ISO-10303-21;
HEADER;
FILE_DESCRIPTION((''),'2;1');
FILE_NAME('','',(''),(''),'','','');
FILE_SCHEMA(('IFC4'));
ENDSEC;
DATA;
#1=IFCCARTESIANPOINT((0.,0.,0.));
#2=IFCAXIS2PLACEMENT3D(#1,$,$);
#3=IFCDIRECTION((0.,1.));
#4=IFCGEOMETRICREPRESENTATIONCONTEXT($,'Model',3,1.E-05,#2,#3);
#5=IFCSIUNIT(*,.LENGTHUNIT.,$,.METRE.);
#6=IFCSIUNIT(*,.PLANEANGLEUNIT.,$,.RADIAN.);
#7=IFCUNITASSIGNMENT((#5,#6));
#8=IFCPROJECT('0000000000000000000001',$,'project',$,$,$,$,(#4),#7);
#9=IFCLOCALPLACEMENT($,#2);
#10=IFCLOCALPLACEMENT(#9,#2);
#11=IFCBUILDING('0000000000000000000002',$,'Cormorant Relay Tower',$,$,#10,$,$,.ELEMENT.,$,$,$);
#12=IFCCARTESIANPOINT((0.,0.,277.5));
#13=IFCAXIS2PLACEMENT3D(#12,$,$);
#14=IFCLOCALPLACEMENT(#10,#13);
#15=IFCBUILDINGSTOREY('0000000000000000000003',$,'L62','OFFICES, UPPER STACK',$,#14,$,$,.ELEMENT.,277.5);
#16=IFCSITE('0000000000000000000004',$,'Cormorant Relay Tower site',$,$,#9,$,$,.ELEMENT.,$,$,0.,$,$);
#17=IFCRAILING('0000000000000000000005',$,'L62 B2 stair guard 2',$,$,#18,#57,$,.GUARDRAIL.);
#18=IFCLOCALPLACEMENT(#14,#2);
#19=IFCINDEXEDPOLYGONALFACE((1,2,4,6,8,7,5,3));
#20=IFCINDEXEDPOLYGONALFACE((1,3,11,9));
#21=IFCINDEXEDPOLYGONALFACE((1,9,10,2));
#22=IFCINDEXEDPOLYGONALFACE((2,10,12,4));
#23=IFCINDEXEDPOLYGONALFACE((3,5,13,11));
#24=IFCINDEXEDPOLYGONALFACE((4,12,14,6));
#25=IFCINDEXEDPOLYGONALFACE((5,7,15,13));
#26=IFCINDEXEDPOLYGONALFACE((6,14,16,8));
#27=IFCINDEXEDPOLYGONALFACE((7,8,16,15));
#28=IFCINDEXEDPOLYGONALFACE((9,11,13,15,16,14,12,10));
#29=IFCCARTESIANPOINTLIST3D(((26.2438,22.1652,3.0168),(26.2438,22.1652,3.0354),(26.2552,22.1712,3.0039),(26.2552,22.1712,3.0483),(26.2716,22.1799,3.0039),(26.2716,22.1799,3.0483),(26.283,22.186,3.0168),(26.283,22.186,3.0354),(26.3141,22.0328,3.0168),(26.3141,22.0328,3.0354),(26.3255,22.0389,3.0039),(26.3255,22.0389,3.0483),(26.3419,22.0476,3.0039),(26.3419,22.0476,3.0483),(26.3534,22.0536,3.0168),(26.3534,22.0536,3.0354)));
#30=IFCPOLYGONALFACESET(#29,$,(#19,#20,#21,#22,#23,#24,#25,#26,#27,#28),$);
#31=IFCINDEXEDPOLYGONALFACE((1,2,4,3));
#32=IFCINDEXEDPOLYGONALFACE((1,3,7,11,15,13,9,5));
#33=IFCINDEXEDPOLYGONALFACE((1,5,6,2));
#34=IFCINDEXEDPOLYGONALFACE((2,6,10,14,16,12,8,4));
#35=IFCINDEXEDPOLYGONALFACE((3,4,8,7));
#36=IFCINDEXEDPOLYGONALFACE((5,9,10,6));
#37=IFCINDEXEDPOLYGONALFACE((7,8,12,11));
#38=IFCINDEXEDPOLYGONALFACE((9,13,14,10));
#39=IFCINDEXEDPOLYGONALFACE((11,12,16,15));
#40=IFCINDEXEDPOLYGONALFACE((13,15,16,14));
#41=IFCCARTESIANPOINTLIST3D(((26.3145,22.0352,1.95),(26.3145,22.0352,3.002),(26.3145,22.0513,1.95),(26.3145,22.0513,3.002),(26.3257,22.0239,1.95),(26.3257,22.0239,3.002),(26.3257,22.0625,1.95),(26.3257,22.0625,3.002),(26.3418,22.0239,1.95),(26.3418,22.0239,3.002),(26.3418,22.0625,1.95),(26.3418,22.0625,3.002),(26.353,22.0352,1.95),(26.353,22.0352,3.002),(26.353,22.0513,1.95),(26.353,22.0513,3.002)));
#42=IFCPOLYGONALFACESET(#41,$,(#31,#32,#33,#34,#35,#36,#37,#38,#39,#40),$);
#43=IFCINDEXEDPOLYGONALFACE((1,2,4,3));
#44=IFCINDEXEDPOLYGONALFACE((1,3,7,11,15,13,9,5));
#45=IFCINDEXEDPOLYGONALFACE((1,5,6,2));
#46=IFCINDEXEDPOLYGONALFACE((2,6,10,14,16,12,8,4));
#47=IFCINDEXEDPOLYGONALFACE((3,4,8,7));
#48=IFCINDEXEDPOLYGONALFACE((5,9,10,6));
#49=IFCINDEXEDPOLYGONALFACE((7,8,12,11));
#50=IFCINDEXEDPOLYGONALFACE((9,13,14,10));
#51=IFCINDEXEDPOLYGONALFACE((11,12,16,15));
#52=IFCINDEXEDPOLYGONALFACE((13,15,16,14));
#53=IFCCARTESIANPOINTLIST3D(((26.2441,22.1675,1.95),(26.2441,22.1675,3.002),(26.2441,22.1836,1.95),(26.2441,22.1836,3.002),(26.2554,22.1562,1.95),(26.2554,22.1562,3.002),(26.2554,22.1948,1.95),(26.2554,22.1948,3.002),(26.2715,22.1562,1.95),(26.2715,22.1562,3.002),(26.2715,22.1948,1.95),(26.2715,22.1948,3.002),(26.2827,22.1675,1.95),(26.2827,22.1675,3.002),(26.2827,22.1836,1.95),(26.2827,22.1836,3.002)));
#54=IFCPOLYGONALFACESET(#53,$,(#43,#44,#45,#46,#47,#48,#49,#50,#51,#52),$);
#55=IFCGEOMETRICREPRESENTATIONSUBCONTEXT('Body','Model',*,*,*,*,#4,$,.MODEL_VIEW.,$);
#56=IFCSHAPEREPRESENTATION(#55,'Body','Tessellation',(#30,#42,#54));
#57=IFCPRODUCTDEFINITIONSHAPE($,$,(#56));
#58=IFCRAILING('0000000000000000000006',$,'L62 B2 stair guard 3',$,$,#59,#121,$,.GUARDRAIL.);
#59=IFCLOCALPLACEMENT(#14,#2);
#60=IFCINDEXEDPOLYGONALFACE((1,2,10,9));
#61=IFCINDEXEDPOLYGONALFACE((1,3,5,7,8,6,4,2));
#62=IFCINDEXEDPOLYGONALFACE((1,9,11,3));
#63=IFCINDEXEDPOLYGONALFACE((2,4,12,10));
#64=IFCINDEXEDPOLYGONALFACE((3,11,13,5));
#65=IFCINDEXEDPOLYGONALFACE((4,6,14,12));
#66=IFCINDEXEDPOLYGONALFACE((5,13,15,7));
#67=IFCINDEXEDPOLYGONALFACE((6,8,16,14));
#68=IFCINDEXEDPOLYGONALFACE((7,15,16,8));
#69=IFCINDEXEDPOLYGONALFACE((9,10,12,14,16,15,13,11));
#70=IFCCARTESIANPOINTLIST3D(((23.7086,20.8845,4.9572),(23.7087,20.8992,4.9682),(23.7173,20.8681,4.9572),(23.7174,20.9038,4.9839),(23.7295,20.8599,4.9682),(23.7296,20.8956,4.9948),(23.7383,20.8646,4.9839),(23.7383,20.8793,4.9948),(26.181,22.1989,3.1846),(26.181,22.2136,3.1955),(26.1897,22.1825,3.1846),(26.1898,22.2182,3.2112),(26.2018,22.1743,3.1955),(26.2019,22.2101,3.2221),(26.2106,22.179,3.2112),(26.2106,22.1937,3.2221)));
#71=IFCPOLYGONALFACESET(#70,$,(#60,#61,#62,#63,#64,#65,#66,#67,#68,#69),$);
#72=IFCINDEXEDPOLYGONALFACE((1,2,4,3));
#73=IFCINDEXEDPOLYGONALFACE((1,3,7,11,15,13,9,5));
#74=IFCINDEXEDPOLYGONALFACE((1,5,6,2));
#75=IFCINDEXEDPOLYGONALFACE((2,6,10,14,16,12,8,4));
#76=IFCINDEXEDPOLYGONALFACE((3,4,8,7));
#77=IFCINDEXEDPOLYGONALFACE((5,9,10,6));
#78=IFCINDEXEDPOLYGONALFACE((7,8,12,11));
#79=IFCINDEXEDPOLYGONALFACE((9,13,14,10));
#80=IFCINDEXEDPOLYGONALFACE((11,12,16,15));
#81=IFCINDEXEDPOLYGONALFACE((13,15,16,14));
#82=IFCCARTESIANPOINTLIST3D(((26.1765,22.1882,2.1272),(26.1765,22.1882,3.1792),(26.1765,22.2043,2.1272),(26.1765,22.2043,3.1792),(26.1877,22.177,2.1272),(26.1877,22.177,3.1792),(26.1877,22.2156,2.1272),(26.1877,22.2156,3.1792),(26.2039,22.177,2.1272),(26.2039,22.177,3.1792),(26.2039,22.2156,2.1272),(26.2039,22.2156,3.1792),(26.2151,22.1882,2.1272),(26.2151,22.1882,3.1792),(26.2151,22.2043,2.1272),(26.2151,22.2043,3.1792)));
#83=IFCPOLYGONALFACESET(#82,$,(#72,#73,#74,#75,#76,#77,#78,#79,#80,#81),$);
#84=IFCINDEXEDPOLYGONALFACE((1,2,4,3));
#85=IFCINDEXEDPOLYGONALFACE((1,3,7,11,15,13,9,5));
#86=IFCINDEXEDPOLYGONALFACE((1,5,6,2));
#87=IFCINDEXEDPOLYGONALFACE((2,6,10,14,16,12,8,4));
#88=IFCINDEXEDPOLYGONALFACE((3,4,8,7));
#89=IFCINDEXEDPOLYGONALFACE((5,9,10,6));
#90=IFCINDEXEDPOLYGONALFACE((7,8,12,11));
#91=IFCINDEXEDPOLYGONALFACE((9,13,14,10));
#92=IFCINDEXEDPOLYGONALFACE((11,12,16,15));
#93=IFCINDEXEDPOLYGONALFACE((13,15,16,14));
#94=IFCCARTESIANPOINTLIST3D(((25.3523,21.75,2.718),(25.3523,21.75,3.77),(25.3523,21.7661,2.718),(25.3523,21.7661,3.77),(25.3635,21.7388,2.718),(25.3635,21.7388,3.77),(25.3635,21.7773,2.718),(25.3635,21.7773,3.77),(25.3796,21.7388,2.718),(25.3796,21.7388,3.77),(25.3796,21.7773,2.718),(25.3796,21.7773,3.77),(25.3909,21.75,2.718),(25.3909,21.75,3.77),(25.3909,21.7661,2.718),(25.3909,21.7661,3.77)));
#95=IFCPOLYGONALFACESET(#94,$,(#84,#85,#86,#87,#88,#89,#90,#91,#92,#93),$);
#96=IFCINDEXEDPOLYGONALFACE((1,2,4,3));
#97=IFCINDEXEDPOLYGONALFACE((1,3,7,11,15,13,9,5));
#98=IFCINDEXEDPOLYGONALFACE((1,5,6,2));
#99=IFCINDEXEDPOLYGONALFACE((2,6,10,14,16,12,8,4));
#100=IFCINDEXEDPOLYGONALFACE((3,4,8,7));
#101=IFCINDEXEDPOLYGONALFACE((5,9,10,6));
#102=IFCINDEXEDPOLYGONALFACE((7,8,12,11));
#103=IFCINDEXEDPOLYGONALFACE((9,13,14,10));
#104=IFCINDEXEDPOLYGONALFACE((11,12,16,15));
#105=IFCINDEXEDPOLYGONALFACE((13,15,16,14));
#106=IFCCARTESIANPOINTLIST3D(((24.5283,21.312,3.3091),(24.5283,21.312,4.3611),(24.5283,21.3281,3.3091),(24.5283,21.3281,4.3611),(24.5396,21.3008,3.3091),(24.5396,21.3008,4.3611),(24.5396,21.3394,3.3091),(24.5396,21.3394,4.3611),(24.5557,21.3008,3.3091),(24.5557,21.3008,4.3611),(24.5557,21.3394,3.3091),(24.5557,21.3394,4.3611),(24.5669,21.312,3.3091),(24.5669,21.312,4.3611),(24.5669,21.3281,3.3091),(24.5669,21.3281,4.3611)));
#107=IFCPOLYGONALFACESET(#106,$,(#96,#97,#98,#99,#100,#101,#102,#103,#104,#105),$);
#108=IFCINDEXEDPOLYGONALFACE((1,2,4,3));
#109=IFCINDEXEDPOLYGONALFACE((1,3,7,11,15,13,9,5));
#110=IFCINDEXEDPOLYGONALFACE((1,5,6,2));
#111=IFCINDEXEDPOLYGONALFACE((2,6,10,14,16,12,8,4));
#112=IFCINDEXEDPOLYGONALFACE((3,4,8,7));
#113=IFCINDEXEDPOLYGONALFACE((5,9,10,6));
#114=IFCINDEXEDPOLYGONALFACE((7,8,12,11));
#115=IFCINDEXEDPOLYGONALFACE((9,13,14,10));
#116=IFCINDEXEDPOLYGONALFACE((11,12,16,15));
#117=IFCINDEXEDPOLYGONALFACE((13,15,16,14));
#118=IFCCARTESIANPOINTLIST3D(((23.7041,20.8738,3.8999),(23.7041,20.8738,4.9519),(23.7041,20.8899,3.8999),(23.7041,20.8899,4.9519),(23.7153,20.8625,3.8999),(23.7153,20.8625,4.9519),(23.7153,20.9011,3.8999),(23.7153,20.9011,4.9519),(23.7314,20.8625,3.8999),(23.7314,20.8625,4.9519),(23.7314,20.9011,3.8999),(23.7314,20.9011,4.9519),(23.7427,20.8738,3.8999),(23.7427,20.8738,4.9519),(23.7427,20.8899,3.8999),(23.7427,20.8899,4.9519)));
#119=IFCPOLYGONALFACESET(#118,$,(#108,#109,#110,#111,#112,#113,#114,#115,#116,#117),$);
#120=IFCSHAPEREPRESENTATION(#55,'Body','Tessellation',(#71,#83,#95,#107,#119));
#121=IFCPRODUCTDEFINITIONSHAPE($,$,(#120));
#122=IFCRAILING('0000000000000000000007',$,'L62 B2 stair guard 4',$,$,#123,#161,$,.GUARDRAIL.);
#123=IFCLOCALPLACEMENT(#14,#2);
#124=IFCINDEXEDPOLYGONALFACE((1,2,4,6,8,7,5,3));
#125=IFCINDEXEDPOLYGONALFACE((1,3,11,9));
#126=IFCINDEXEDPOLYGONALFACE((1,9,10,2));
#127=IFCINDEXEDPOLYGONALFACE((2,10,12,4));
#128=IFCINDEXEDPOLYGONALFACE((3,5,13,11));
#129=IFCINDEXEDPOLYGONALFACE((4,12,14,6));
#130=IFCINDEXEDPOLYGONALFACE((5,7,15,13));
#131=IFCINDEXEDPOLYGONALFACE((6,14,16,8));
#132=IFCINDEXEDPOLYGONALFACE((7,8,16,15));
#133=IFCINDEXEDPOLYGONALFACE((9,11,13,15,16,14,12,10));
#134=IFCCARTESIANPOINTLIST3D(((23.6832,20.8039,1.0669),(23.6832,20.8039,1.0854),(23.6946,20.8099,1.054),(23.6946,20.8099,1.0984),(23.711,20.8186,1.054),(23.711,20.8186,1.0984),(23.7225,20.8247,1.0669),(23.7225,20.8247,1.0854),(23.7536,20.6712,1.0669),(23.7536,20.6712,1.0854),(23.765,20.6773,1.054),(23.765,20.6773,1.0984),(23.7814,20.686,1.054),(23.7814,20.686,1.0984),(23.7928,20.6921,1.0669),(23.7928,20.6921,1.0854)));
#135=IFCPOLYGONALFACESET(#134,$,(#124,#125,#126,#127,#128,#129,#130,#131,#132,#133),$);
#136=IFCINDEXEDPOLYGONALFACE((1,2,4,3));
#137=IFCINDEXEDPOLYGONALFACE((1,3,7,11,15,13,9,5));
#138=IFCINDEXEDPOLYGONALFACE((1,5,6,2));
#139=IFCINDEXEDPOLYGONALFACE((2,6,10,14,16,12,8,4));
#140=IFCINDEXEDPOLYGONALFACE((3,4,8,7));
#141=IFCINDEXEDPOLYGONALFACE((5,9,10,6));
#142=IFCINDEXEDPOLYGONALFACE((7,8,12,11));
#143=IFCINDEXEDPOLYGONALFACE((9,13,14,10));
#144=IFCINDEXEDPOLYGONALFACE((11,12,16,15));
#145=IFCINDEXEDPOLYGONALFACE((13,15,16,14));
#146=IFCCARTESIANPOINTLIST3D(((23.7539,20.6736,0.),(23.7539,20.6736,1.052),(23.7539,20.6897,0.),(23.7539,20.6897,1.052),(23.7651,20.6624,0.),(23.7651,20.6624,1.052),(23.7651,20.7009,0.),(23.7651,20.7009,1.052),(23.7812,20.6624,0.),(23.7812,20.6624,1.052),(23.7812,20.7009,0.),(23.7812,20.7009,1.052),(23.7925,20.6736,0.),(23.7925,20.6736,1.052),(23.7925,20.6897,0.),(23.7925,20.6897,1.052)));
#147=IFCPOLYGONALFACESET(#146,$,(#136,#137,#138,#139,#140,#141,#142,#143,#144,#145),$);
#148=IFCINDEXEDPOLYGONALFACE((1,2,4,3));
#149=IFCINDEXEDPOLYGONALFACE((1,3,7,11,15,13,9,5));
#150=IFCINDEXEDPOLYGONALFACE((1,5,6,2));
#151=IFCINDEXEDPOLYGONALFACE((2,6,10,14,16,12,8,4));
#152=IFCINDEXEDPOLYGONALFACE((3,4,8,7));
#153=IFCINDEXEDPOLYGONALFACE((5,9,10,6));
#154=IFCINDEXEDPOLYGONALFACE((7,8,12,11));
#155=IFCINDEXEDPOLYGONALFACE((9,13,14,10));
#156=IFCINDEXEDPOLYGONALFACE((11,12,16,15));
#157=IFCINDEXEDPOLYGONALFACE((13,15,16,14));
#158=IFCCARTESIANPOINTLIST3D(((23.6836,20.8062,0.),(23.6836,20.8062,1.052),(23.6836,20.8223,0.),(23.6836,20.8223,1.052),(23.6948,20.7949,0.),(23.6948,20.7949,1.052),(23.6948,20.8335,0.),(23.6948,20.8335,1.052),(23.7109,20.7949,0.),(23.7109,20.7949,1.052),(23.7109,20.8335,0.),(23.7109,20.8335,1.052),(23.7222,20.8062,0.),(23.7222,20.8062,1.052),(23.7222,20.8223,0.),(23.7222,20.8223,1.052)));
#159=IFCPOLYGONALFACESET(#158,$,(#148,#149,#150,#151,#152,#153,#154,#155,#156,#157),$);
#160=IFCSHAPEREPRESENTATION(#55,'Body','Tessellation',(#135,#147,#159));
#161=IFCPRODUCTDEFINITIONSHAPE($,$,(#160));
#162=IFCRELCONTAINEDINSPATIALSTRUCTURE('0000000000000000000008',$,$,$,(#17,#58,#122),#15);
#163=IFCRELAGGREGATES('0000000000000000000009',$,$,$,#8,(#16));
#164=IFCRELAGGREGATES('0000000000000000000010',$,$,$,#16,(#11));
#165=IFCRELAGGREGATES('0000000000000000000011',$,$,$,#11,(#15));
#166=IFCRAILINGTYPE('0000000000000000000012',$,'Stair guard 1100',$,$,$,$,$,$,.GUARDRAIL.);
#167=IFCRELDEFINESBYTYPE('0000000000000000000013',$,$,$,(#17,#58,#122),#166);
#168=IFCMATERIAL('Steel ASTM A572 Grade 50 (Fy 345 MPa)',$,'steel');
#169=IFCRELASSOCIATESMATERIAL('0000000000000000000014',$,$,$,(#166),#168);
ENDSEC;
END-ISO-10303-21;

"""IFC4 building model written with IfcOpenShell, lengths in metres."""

from ifc_helpers import new_model, si_unit, direction, frame, origin, place, context, subcontext, project, spatial, polyline, outline, extrude, material, type_object, element, save


model = new_model("IFC4")

# Units and contexts
model_context = context("Model", 3, precision=1e-05, world=origin(), true_north=direction((0.0, 1.0)))
body_context = subcontext(model_context, "Body", "Model", "MODEL_VIEW")
ifc_project = project(units=[si_unit("LENGTHUNIT", "METRE"), si_unit("PLANEANGLEUNIT", "RADIAN")], contexts=[model_context])

# Site, building, storey
site_placement = place(None, origin())
site = spatial("IfcSite", under=ifc_project, at=site_placement, Name="Cormorant Relay Tower site", CompositionType="ELEMENT", RefElevation=0.0)
building_placement = place(site_placement, origin())
building = spatial("IfcBuilding", under=site, at=building_placement, Name="Cormorant Relay Tower", CompositionType="ELEMENT")
storey_placement = place(building_placement, frame((0.0, 0.0, 277.5)))
storey = spatial("IfcBuildingStorey", under=building, at=storey_placement, Name="L62", Description="OFFICES, UPPER STACK", CompositionType="ELEMENT", Elevation=277.5)

# Railings
ifc_material_1 = material(Name="Steel ASTM A572 Grade 50 (Fy 345 MPa)", Category="steel")
railing_type_1 = type_object("IfcRailingType", Name="Stair guard 1100", PredefinedType="GUARDRAIL", material=ifc_material_1)
railing_1_placement = place(storey_placement, frame((26.3337, 22.0432, 1.95)))
element("IfcRailing", 1, at=railing_1_placement, inside=storey, type_object=railing_type_1, Name="L62 B2 stair guard 2", PredefinedType="GUARDRAIL", context=body_context, shape_type="SweptSolid", body=[
    extrude(outline(polyline([(0.0222, 0.0093), (0.0093, 0.0222), (-0.0093, 0.0222), (-0.0222, 0.0093), (-0.0222, -0.0093), (-0.0093, -0.0222), (0.0093, -0.0222), (0.0222, -0.0093), (0.0222, 0.0093)])), frame((0.0, 0.0, 1.0762), z_axis=(-0.469235, 0.883074, 0.0), x_axis=(-0.883074, -0.469235, 0.0)), (0.0, 0.0, 1.0), 0.1499),
    extrude(outline(polyline([(0.0193, 0.0081), (0.0081, 0.0193), (-0.0081, 0.0193), (-0.0193, 0.0081), (-0.0193, -0.0081), (-0.0081, -0.0193), (0.0081, -0.0193), (0.0193, -0.0081), (0.0193, 0.0081)])), origin(), (0.0, 0.0, 1.0), 1.052),
    extrude(outline(polyline([(0.0193, 0.0081), (0.0081, 0.0193), (-0.0081, 0.0193), (-0.0193, 0.0081), (-0.0193, -0.0081), (-0.0081, -0.0193), (0.0081, -0.0193), (0.0193, -0.0081), (0.0193, 0.0081)])), frame((-0.0703, 0.1323, 0.0)), (0.0, 0.0, 1.0), 1.052),
])
railing_2_placement = place(storey_placement, frame((26.1958, 22.1963, 2.1272)))
element("IfcRailing", 2, at=railing_2_placement, inside=storey, type_object=railing_type_1, Name="L62 B2 stair guard 3", PredefinedType="GUARDRAIL", context=body_context, shape_type="SweptSolid", body=[
    extrude(outline(polyline([(0.0222, 0.0093), (0.0093, 0.0222), (-0.0093, 0.0222), (-0.0222, 0.0093), (-0.0222, -0.0093), (-0.0093, -0.0222), (0.0093, -0.0222), (0.0222, -0.0093), (0.0222, 0.0093)])), frame((0.0, 0.0, 1.0762), z_axis=(-0.746034, -0.396627, 0.534902), x_axis=(0.469429, -0.88297, 0.0)), (0.0, 0.0, 1.0), 3.314),
    extrude(outline(polyline([(0.0193, 0.0081), (0.0081, 0.0193), (-0.0081, 0.0193), (-0.0193, 0.0081), (-0.0193, -0.0081), (-0.0081, -0.0193), (0.0081, -0.0193), (0.0193, -0.0081), (0.0193, 0.0081)])), origin(), (0.0, 0.0, 1.0), 1.052),
    extrude(outline(polyline([(0.0193, 0.0081), (0.0081, 0.0193), (-0.0081, 0.0193), (-0.0193, 0.0081), (-0.0193, -0.0081), (-0.0081, -0.0193), (0.0081, -0.0193), (0.0193, -0.0081), (0.0193, 0.0081)])), frame((-0.8242, -0.4382, 0.5908)), (0.0, 0.0, 1.0), 1.052),
    extrude(outline(polyline([(0.0193, 0.0081), (0.0081, 0.0193), (-0.0081, 0.0193), (-0.0193, 0.0081), (-0.0193, -0.0081), (-0.0081, -0.0193), (0.0081, -0.0193), (0.0193, -0.0081), (0.0193, 0.0081)])), frame((-1.6482, -0.8762, 1.1819)), (0.0, 0.0, 1.0), 1.052),
    extrude(outline(polyline([(0.0193, 0.0081), (0.0081, 0.0193), (-0.0081, 0.0193), (-0.0193, 0.0081), (-0.0193, -0.0081), (-0.0081, -0.0193), (0.0081, -0.0193), (0.0193, -0.0081), (0.0193, 0.0081)])), frame((-2.4724, -1.3145, 1.7727)), (0.0, 0.0, 1.0), 1.052),
])
railing_3_placement = place(storey_placement, frame((23.7732, 20.6816, 0.0)))
element("IfcRailing", 3, at=railing_3_placement, inside=storey, type_object=railing_type_1, Name="L62 B2 stair guard 4", PredefinedType="GUARDRAIL", context=body_context, shape_type="SweptSolid", body=[
    extrude(outline(polyline([(0.0222, 0.0093), (0.0093, 0.0222), (-0.0093, 0.0222), (-0.0222, 0.0093), (-0.0222, -0.0093), (-0.0093, -0.0222), (0.0093, -0.0222), (0.0222, -0.0093), (0.0222, 0.0093)])), frame((0.0, 0.0, 1.0762), z_axis=(-0.46856, 0.883431, 0.0), x_axis=(-0.883431, -0.46856, 0.0)), (0.0, 0.0, 1.0), 0.1501),
    extrude(outline(polyline([(0.0193, 0.0081), (0.0081, 0.0193), (-0.0081, 0.0193), (-0.0193, 0.0081), (-0.0193, -0.0081), (-0.0081, -0.0193), (0.0081, -0.0193), (0.0193, -0.0081), (0.0193, 0.0081)])), origin(), (0.0, 0.0, 1.0), 1.052),
    extrude(outline(polyline([(0.0193, 0.0081), (0.0081, 0.0193), (-0.0081, 0.0193), (-0.0193, 0.0081), (-0.0193, -0.0081), (-0.0081, -0.0193), (0.0081, -0.0193), (0.0193, -0.0081), (0.0193, 0.0081)])), frame((-0.0703, 0.1326, 0.0)), (0.0, 0.0, 1.0), 1.052),
])

save(model, "model.ifc")
